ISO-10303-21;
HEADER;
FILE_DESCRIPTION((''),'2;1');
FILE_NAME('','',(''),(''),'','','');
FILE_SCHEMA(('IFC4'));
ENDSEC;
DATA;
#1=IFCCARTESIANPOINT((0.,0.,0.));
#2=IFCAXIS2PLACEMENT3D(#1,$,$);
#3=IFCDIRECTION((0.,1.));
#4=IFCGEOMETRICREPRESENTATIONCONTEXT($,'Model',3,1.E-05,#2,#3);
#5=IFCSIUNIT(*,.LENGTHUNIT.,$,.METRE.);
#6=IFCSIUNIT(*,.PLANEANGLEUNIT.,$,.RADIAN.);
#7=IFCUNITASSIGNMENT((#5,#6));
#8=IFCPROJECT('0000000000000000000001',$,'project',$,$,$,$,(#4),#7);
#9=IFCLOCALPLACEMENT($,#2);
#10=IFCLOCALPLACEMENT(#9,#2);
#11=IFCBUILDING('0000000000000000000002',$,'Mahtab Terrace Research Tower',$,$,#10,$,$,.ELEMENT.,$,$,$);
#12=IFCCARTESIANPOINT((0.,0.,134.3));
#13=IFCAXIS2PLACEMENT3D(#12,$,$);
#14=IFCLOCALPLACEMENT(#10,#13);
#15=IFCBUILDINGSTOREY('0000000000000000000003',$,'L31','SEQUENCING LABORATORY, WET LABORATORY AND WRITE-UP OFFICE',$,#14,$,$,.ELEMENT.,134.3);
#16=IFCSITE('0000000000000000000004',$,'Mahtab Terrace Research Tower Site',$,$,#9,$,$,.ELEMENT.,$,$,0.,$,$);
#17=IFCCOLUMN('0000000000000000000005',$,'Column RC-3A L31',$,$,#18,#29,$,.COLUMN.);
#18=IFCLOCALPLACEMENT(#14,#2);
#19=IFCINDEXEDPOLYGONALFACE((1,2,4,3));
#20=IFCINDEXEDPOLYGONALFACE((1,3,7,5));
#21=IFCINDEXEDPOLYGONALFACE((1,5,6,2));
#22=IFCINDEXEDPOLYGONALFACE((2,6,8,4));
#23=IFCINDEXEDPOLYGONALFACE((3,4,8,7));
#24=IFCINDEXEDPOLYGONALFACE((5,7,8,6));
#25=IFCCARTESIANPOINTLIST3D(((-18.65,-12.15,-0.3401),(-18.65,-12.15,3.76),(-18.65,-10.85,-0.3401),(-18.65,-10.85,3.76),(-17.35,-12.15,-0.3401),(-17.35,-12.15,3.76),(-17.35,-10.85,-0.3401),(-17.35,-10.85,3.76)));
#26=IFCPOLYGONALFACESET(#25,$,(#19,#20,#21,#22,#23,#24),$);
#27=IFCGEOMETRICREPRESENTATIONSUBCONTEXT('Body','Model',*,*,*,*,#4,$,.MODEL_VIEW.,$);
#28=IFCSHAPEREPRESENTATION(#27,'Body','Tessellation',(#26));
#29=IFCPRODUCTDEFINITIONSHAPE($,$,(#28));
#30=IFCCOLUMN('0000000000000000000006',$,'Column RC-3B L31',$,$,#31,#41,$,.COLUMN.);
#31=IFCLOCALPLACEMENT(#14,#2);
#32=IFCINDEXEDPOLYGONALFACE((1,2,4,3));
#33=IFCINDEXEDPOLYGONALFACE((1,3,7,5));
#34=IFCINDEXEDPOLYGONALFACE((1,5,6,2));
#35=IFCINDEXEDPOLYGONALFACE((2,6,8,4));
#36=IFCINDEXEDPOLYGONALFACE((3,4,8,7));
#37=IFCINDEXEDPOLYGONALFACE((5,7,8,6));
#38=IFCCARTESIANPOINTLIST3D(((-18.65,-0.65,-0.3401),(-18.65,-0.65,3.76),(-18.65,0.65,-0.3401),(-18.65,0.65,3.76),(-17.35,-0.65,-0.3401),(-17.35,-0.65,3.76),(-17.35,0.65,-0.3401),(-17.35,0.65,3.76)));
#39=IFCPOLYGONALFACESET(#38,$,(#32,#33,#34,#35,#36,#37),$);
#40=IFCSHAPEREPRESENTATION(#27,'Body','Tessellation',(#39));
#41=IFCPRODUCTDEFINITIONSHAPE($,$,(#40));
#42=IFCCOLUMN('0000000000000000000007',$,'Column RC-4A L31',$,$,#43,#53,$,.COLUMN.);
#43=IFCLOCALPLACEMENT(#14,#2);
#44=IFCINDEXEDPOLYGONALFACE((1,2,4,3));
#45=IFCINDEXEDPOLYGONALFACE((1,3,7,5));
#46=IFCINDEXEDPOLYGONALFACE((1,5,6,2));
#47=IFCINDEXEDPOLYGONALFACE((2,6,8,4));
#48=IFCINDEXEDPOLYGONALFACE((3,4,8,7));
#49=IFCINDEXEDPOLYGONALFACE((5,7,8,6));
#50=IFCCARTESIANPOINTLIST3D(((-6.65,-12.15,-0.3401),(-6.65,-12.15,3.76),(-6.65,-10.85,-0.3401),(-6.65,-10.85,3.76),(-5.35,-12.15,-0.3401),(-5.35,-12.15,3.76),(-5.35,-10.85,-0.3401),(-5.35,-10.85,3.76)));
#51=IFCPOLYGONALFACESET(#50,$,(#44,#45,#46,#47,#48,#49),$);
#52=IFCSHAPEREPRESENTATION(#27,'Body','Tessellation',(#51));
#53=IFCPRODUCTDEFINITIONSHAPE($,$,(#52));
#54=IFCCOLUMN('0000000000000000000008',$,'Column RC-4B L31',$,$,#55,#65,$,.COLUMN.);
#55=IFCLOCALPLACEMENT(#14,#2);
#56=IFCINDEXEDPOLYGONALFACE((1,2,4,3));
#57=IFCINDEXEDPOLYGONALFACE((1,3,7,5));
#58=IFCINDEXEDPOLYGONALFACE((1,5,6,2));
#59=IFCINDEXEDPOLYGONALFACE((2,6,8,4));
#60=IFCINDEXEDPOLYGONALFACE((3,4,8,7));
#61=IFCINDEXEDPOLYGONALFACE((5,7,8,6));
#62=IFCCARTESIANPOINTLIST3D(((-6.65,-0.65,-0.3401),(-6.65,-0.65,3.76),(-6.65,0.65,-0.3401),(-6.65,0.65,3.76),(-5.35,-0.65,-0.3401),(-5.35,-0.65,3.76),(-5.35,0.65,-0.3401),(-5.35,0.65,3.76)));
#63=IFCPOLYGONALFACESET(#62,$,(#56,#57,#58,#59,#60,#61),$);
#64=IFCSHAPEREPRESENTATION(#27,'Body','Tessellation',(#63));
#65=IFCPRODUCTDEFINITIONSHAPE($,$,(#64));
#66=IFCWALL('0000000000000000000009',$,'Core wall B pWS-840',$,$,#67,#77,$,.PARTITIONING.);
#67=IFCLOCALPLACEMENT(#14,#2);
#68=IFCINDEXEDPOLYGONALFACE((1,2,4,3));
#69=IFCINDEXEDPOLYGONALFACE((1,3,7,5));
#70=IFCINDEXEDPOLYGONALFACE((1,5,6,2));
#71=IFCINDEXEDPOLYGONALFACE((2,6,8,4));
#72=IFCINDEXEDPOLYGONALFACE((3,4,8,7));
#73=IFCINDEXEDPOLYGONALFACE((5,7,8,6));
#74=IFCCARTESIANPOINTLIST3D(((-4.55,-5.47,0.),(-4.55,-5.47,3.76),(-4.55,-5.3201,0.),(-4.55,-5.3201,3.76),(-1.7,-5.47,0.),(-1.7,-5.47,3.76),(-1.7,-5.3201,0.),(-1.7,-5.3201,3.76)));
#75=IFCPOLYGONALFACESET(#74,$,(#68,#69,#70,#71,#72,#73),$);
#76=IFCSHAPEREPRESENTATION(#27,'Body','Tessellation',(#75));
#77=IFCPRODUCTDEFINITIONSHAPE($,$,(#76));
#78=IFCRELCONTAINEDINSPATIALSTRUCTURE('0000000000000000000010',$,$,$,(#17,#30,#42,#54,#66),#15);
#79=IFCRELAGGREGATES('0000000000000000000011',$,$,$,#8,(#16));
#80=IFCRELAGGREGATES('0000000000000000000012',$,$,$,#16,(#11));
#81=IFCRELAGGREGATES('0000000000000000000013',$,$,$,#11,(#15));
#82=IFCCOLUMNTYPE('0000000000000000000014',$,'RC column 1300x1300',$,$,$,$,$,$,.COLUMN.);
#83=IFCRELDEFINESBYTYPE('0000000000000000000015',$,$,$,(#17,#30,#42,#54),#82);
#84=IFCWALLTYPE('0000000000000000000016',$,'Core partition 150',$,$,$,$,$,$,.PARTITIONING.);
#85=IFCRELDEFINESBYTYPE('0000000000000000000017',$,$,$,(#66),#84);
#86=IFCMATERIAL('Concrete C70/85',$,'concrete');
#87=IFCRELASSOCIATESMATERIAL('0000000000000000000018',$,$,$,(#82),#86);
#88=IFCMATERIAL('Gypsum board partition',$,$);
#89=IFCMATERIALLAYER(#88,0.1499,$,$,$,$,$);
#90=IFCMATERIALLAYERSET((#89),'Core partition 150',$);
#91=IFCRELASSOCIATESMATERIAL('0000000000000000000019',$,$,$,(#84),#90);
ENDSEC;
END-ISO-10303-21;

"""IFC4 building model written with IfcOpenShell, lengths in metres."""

from ifc_helpers import new_model, si_unit, direction, frame, frame_2d, origin, origin_2d, place, context, subcontext, project, spatial, rectangle, extrude, material, layer, layer_set, material_profile, profile_set, type_object, element, save


model = new_model("IFC4")

# Units and contexts
model_context = context("Model", 3, precision=1e-05, world=origin(), true_north=direction((0.0, 1.0)))
body_context = subcontext(model_context, "Body", "Model", "MODEL_VIEW")
ifc_project = project(units=[si_unit("LENGTHUNIT", "METRE"), si_unit("PLANEANGLEUNIT", "RADIAN")], contexts=[model_context])

# Site, building, storey
site_placement = place(None, origin())
site = spatial("IfcSite", under=ifc_project, at=site_placement, Name="Mahtab Terrace Research Tower Site", CompositionType="ELEMENT", RefElevation=0.0)
building_placement = place(site_placement, origin())
building = spatial("IfcBuilding", under=site, at=building_placement, Name="Mahtab Terrace Research Tower", CompositionType="ELEMENT")
storey_placement = place(building_placement, frame((0.0, 0.0, 134.3)))
storey = spatial("IfcBuildingStorey", under=building, at=storey_placement, Name="L31", Description="SEQUENCING LABORATORY, WET LABORATORY AND WRITE-UP OFFICE", CompositionType="ELEMENT", Elevation=134.3)

# Columns
ifc_material_1 = material(Name="Concrete C70/85", Category="concrete")
ifc_material_profile = material_profile(ifc_material_1, rectangle(XDim=1.3, YDim=1.3, at=origin_2d()), Name="RC column 1300x1300")
ifc_profile_set = profile_set([ifc_material_profile], Name="Concrete C70/85")
column_type = type_object("IfcColumnType", Name="RC column 1300x1300", PredefinedType="COLUMN", material=ifc_profile_set)
for number, where, z_axis, x_axis, name in (
    (1, (-18.0, -11.5, -0.3401), (0.0, 0.0, 1.0), (1.0, 0.0, 0.0), "Column RC-3A L31"),
    (2, (-18.0, 0.0, -0.3401), (0.0, 0.0, 1.0), (1.0, 0.0, 0.0), "Column RC-3B L31"),
    (3, (-6.0, -11.5, -0.3401), (0.0, 0.0, 1.0), (1.0, 0.0, 0.0), "Column RC-4A L31"),
    (4, (-6.0, 0.0, -0.3401), (0.0, 0.0, 1.0), (1.0, 0.0, 0.0), "Column RC-4B L31"),
):
    element("IfcColumn", number, at=place(storey_placement, frame(where, z_axis=z_axis, x_axis=x_axis)), inside=storey, type_object=column_type, Name=name, PredefinedType="COLUMN", context=body_context, shape_type="SweptSolid", body=[
        extrude(rectangle(XDim=1.3, YDim=1.3, at=origin_2d()), origin(), (0.0, 0.0, 1.0), 4.1001),
    ])

# Wall
ifc_material_2 = material(Name="Gypsum board partition")
ifc_layer_1 = layer(ifc_material_2, 0.1499)
ifc_layer_set_1 = layer_set([ifc_layer_1], Name="Core partition 150")
wall_type_1 = type_object("IfcWallType", Name="Core partition 150", PredefinedType="PARTITIONING", material=ifc_layer_set_1)
wall_1_placement = place(storey_placement, frame((-4.55, -5.395, 0.0), z_axis=(0.0, 0.0, 1.0), x_axis=(1.0, 0.0, 0.0)))
element("IfcWall", 5, at=wall_1_placement, inside=storey, type_object=wall_type_1, Name="Core wall B pWS-840", PredefinedType="PARTITIONING", context=body_context, shape_type="SweptSolid", body=[
    extrude(rectangle(XDim=2.8501, YDim=0.1499, at=frame_2d((1.425, 0.0))), origin(), (0.0, 0.0, 1.0), 3.76),
])

save(model, "model.ifc")
